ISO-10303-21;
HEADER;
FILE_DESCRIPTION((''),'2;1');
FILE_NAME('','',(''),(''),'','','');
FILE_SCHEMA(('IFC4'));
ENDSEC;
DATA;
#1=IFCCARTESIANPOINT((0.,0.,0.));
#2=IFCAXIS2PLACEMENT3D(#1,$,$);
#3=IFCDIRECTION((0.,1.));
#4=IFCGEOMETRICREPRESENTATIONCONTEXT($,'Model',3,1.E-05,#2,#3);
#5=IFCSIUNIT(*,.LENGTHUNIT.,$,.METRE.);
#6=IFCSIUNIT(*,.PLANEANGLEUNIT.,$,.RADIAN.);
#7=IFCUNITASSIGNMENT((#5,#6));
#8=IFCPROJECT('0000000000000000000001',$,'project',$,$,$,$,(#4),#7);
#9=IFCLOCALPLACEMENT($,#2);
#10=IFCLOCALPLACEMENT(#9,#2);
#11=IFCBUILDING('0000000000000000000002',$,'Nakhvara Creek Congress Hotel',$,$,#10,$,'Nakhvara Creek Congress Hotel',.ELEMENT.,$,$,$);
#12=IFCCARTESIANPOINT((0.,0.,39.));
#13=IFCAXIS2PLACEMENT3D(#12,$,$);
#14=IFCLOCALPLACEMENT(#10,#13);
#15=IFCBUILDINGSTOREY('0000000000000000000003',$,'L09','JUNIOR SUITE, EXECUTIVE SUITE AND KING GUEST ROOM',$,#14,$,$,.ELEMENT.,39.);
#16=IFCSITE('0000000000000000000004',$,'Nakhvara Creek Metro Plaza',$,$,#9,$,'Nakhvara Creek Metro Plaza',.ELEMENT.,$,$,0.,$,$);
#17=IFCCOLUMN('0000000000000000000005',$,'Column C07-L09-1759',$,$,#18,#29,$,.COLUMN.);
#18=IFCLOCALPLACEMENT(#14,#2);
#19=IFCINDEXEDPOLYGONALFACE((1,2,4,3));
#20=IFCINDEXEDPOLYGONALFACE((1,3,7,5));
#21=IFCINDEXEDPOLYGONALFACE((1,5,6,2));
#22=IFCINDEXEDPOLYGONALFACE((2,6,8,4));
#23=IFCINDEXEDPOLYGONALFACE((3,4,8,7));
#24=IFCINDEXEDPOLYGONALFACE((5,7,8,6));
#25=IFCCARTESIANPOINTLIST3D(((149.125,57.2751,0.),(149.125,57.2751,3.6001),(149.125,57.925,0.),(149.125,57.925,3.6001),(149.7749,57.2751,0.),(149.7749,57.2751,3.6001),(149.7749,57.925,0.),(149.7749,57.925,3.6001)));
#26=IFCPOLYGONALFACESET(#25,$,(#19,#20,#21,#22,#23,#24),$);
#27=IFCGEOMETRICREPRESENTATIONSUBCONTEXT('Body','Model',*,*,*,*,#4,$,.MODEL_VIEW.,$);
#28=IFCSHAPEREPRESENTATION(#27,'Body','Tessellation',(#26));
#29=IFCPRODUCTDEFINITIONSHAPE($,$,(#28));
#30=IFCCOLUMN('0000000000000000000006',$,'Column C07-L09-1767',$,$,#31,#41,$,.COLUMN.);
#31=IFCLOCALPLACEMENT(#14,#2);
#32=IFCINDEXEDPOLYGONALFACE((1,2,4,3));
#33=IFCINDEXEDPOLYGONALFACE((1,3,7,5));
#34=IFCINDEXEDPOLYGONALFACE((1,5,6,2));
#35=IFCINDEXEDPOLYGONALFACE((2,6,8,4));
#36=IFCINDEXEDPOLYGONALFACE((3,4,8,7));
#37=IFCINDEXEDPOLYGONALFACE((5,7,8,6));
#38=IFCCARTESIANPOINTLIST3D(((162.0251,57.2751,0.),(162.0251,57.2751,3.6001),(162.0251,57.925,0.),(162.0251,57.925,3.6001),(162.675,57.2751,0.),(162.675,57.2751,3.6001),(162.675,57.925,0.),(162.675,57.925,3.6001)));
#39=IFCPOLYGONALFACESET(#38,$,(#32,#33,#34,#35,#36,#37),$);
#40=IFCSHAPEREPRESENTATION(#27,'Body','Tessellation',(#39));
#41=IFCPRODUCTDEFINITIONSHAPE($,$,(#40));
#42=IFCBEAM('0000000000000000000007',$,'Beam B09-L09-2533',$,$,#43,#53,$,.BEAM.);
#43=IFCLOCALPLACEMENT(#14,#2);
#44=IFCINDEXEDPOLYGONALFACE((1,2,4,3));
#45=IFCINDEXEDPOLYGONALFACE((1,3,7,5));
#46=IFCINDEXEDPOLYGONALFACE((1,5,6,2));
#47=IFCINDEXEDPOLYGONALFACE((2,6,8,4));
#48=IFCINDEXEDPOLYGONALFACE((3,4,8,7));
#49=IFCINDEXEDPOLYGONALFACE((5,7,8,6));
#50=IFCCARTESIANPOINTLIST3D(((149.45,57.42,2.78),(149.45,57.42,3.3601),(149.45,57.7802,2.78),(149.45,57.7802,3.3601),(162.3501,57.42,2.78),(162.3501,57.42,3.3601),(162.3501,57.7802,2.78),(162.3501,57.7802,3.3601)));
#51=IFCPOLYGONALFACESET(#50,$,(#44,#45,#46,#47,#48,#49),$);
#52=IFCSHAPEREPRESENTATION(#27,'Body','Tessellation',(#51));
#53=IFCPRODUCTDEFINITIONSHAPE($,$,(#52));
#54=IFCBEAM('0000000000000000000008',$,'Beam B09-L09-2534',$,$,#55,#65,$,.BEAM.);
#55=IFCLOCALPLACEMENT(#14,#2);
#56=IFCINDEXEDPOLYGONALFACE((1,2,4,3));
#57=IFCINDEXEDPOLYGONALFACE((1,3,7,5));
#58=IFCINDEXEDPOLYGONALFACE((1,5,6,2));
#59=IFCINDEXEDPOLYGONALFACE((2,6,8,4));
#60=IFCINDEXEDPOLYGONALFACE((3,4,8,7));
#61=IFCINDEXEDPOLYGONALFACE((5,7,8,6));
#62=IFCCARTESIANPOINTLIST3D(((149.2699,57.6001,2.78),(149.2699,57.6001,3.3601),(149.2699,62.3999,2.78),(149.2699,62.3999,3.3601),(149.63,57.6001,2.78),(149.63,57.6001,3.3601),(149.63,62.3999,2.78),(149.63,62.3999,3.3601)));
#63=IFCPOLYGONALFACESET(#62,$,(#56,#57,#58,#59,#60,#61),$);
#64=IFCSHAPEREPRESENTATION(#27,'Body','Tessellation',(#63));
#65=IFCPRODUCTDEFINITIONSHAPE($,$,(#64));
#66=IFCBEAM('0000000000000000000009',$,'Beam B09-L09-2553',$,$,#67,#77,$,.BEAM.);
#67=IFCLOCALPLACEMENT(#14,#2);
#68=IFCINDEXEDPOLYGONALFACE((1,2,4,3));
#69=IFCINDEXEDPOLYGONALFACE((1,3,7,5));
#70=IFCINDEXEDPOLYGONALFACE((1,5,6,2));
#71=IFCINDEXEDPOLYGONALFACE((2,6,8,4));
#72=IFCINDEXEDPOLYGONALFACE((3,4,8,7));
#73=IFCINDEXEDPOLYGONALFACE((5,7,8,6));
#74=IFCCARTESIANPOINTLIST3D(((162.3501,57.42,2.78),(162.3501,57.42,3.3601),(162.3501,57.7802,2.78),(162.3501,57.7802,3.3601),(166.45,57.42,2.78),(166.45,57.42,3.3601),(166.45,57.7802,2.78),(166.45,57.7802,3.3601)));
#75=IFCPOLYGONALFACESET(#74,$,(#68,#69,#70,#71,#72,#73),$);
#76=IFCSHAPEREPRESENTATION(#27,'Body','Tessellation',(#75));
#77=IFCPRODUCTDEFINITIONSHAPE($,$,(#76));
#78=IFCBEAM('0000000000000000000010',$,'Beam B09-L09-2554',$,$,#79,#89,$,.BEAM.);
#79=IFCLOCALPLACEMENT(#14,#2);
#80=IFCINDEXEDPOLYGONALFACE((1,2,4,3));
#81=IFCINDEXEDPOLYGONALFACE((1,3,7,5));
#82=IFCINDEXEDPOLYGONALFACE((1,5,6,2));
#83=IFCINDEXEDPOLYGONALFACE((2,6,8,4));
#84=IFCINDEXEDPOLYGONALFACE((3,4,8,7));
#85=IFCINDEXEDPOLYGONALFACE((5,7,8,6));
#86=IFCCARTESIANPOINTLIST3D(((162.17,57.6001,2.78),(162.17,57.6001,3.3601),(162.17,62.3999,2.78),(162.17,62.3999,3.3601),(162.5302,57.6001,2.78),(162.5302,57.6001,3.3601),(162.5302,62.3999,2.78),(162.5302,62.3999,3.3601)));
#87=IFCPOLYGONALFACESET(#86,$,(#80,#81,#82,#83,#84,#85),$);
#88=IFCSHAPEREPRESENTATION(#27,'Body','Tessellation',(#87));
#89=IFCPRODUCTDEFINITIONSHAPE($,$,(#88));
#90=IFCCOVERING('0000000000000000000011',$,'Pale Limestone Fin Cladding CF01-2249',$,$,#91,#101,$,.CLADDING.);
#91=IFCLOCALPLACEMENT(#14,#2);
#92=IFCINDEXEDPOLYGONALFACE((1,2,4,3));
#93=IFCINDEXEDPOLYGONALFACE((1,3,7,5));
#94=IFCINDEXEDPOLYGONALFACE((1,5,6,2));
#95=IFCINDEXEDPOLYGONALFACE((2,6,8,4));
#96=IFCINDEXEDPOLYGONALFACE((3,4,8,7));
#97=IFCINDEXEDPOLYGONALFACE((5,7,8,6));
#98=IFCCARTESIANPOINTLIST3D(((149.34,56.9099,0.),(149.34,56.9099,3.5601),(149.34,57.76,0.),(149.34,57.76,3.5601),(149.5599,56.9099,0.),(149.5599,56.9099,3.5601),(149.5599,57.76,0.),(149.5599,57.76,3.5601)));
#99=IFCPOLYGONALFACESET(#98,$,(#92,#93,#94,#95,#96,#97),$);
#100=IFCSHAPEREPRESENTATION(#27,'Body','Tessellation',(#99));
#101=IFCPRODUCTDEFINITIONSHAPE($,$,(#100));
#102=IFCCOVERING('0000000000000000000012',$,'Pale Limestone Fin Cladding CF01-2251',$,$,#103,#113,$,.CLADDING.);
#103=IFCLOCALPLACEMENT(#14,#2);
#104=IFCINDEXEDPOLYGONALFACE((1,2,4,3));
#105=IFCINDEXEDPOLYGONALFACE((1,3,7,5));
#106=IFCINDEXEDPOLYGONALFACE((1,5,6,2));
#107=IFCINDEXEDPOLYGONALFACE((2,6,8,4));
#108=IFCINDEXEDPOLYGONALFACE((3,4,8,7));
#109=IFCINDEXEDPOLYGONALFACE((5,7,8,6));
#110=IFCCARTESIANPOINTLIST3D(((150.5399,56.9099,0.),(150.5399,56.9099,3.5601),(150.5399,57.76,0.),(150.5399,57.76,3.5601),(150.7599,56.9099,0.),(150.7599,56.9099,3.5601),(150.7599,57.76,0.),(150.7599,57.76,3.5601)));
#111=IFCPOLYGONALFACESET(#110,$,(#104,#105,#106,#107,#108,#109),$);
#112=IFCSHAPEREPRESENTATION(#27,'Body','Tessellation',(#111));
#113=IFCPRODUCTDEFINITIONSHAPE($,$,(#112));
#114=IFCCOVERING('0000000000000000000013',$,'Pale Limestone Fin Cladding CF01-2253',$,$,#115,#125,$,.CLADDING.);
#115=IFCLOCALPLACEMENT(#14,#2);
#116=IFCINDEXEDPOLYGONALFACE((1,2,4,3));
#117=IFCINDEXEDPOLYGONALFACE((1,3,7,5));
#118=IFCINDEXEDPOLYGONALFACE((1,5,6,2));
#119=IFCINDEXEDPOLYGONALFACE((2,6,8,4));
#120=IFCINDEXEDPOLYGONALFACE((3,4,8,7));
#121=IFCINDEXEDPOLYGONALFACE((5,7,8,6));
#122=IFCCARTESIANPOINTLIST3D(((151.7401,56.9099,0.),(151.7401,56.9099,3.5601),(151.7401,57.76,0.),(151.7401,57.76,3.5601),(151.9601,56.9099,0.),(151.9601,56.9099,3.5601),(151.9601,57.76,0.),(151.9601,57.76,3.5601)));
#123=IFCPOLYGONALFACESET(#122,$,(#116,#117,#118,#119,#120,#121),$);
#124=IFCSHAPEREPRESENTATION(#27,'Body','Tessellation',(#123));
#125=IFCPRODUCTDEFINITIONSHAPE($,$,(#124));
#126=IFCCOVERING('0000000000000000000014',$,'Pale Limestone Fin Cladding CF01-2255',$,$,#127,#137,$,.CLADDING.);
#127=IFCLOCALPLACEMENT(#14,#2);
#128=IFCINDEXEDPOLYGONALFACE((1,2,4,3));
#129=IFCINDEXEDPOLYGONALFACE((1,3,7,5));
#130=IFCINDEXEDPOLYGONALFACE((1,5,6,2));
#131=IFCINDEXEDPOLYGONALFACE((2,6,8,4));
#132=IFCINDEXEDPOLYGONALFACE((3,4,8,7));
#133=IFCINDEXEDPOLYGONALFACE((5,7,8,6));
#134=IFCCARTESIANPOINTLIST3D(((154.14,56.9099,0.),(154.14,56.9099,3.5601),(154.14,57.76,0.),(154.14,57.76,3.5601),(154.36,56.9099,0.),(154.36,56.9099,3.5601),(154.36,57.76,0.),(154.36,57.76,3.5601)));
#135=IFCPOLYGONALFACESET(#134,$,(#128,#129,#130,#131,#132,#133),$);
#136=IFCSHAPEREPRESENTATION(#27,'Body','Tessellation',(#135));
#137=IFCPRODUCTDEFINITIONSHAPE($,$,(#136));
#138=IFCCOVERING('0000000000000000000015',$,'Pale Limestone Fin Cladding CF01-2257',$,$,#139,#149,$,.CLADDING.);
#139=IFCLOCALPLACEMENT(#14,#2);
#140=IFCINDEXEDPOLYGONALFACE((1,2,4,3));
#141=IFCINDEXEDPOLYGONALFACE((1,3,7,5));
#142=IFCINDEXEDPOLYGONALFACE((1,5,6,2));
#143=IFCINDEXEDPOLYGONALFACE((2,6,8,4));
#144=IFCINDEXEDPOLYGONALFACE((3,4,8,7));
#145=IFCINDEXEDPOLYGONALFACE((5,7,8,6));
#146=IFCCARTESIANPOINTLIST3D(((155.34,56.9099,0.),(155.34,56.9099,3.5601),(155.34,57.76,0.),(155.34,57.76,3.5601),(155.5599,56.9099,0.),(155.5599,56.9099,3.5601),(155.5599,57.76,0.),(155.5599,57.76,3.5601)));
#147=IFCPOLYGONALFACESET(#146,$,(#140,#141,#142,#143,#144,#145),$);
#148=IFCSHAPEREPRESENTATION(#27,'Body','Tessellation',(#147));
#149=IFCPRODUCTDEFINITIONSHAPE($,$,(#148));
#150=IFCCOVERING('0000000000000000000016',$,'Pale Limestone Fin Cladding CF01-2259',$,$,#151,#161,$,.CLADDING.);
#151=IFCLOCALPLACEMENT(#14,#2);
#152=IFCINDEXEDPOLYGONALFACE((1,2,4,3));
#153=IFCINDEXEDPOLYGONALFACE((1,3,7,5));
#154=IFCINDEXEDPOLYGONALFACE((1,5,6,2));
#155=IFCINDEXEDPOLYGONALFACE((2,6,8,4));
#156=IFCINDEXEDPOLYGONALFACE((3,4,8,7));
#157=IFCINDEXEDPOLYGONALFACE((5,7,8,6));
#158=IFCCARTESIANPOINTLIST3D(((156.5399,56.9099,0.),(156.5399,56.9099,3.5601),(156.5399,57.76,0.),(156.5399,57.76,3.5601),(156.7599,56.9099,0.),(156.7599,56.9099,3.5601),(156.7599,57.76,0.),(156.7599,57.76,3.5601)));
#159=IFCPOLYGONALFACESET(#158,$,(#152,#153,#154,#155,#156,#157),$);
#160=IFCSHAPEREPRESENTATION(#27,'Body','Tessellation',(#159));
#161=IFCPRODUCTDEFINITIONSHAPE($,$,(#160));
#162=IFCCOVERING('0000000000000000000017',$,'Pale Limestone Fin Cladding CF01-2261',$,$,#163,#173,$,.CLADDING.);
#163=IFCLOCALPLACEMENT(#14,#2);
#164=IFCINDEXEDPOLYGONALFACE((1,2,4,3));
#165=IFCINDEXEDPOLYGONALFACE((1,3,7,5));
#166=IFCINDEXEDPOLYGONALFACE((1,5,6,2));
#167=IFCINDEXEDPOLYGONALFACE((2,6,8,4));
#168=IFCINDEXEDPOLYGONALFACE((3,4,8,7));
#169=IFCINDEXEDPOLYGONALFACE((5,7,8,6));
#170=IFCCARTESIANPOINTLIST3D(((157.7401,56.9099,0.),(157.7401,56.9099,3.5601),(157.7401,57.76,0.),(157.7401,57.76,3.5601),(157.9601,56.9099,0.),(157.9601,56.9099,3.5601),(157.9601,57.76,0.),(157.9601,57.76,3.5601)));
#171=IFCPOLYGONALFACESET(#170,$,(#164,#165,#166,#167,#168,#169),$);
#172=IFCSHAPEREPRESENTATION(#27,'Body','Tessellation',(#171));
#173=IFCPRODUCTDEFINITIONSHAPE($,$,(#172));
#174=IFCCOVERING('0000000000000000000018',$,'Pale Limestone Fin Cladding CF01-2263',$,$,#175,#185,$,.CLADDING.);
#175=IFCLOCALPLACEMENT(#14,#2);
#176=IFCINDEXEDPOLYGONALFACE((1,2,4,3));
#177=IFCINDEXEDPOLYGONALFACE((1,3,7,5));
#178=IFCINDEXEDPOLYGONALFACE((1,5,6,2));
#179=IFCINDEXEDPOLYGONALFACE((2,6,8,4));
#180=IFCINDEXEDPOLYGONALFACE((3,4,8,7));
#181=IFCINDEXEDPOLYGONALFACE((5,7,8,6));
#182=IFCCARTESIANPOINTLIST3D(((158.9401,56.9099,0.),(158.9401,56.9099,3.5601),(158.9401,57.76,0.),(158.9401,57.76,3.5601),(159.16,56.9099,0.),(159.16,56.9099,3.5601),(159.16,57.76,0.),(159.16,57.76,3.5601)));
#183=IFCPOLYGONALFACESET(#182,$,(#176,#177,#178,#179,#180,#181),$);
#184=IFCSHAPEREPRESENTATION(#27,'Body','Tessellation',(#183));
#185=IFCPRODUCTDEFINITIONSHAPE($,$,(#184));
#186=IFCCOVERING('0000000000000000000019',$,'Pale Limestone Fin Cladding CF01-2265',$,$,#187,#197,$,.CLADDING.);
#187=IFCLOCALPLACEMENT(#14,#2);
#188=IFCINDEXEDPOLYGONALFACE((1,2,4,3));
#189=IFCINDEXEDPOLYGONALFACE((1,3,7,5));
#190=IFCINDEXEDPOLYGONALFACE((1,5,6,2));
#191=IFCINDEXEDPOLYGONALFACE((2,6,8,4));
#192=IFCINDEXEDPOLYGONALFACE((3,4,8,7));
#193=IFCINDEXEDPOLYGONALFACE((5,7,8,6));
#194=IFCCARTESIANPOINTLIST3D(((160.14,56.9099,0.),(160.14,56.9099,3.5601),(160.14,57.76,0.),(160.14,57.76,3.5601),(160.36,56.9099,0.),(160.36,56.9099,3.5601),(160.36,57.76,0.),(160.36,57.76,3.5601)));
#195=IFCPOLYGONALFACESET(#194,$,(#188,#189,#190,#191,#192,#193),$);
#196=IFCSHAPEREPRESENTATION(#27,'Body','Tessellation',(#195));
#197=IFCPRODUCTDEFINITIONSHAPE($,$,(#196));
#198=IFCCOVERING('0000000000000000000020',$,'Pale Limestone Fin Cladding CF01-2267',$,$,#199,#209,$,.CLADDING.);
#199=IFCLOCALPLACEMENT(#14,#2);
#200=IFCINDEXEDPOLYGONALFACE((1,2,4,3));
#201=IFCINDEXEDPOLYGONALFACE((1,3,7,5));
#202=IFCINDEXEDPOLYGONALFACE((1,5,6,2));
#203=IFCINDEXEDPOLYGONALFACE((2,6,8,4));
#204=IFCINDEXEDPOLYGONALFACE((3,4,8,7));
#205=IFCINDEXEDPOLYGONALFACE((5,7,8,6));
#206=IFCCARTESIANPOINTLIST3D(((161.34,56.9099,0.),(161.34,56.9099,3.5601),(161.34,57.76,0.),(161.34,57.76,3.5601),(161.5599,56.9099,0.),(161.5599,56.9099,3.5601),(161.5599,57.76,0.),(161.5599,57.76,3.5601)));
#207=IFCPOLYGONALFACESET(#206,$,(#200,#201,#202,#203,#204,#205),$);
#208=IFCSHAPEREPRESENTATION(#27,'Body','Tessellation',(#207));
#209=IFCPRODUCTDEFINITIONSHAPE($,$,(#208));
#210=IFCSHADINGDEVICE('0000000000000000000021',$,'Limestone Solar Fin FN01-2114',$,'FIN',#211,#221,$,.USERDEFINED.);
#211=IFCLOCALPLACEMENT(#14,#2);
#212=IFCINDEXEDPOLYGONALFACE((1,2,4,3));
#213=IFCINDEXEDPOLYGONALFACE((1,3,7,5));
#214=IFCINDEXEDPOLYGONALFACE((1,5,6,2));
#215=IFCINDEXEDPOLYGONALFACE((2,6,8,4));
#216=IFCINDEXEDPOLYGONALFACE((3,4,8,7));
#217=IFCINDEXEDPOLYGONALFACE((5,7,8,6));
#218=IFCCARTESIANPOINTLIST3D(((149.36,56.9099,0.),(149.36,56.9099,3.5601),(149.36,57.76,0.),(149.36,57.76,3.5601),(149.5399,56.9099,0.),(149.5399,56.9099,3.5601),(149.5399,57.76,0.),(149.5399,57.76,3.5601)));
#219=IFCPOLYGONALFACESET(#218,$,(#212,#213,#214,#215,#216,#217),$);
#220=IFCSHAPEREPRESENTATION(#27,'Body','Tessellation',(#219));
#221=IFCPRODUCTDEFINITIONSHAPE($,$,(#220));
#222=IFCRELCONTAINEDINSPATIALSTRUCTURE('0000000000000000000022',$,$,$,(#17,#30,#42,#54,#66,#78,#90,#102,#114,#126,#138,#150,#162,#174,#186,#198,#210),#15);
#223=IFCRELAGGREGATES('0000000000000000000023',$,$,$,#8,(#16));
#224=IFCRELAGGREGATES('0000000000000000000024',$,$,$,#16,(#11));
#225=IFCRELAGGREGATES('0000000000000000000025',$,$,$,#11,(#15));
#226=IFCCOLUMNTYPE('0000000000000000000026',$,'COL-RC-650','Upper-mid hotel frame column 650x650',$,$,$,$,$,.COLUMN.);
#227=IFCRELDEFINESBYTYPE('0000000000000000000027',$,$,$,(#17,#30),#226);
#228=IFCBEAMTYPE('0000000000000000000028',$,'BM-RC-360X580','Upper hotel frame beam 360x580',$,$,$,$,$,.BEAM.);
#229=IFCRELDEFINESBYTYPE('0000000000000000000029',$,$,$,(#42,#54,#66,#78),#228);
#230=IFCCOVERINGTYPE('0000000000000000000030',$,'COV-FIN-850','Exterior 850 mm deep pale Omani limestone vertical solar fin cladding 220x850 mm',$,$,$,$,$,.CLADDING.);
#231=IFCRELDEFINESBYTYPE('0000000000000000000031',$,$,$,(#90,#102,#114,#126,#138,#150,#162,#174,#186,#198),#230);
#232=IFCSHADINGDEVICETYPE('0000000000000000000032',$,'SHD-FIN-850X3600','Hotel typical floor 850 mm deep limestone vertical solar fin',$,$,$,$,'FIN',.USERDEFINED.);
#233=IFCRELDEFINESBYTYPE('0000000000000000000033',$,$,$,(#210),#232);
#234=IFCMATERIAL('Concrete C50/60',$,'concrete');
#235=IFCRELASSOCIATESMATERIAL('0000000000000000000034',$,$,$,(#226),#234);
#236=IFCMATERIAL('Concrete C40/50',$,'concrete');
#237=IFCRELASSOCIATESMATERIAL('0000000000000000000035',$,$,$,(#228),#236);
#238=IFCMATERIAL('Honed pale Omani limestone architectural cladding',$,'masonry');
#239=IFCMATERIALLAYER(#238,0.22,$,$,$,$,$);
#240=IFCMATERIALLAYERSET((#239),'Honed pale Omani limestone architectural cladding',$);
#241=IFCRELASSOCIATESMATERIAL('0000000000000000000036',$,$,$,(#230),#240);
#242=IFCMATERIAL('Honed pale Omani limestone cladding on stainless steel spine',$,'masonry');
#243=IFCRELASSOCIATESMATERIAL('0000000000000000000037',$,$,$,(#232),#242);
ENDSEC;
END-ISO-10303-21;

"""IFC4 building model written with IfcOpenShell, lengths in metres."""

from ifc_helpers import new_model, si_unit, direction, frame, origin, origin_2d, place, context, subcontext, project, spatial, rectangle, extrude, material, layer, layer_set, material_profile, profile_set, type_object, element, save


model = new_model("IFC4")

# Units and contexts
model_context = context("Model", 3, precision=1e-05, world=origin(), true_north=direction((0.0, 1.0)))
body_context = subcontext(model_context, "Body", "Model", "MODEL_VIEW")
ifc_project = project(units=[si_unit("LENGTHUNIT", "METRE"), si_unit("PLANEANGLEUNIT", "RADIAN")], contexts=[model_context])

# Site, building, storey
site_placement = place(None, origin())
site = spatial("IfcSite", under=ifc_project, at=site_placement, Name="Nakhvara Creek Metro Plaza", LongName="Nakhvara Creek Metro Plaza", CompositionType="ELEMENT", RefElevation=0.0)
building_placement = place(site_placement, origin())
building = spatial("IfcBuilding", under=site, at=building_placement, Name="Nakhvara Creek Congress Hotel", LongName="Nakhvara Creek Congress Hotel", CompositionType="ELEMENT")
storey_placement = place(building_placement, frame((0.0, 0.0, 39.0)))
storey = spatial("IfcBuildingStorey", under=building, at=storey_placement, Name="L09", Description="JUNIOR SUITE, EXECUTIVE SUITE AND KING GUEST ROOM", CompositionType="ELEMENT", Elevation=39.0)

# Columns
ifc_material_1 = material(Name="Concrete C50/60", Category="concrete")
ifc_material_profile_1 = material_profile(ifc_material_1, rectangle(XDim=0.6499, YDim=0.6499, at=origin_2d()), Name="RC-COL 650x650", Category="LoadBearing")
ifc_profile_set_1 = profile_set([ifc_material_profile_1], Name="Concrete C50/60")
column_type = type_object("IfcColumnType", Name="COL-RC-650", Description="Upper-mid hotel frame column 650x650", PredefinedType="COLUMN", material=ifc_profile_set_1)
for number, where, z_axis, x_axis, name in (
    (1, (149.45, 57.6001, 0.0), (0.0, 0.0, 1.0), (1.0, 0.0, 0.0), "Column C07-L09-1759"),
    (2, (162.3501, 57.6001, 0.0), (0.0, 0.0, 1.0), (1.0, 0.0, 0.0), "Column C07-L09-1767"),
):
    element("IfcColumn", number, at=place(storey_placement, frame(where, z_axis=z_axis, x_axis=x_axis)), inside=storey, type_object=column_type, Name=name, PredefinedType="COLUMN", context=body_context, shape_type="SweptSolid", body=[
        extrude(rectangle(XDim=0.6499, YDim=0.6499, at=origin_2d()), origin(), (0.0, 0.0, 1.0), 3.6001),
    ])

# Beams
ifc_material_2 = material(Name="Concrete C40/50", Category="concrete")
ifc_material_profile_2 = material_profile(ifc_material_2, rectangle(XDim=0.3601, YDim=0.5801, at=origin_2d()), Name="RC-BM 360x580", Category="LoadBearing")
ifc_profile_set_2 = profile_set([ifc_material_profile_2], Name="Concrete C40/50")
beam_type = type_object("IfcBeamType", Name="BM-RC-360X580", Description="Upper hotel frame beam 360x580", PredefinedType="BEAM", material=ifc_profile_set_2)
beam_1_placement = place(storey_placement, frame((149.45, 57.6001, 3.0701), z_axis=(1.0, 0.0, 0.0), x_axis=(0.0, 1.0, 0.0)))
element("IfcBeam", 3, at=beam_1_placement, inside=storey, type_object=beam_type, Name="Beam B09-L09-2533", PredefinedType="BEAM", context=body_context, shape_type="SweptSolid", body=[
    extrude(rectangle(XDim=0.3601, YDim=0.5801, at=origin_2d()), origin(), (0.0, 0.0, 1.0), 12.9001),
])
beam_2_placement = place(storey_placement, frame((149.45, 57.6001, 3.0701), z_axis=(0.0, 1.0, 0.0), x_axis=(-1.0, 0.0, 0.0)))
element("IfcBeam", 4, at=beam_2_placement, inside=storey, type_object=beam_type, Name="Beam B09-L09-2534", PredefinedType="BEAM", context=body_context, shape_type="SweptSolid", body=[
    extrude(rectangle(XDim=0.3601, YDim=0.5801, at=origin_2d()), origin(), (0.0, 0.0, 1.0), 4.7998),
])
beam_3_placement = place(storey_placement, frame((162.3501, 57.6001, 3.0701), z_axis=(1.0, 0.0, 0.0), x_axis=(0.0, 1.0, 0.0)))
element("IfcBeam", 5, at=beam_3_placement, inside=storey, type_object=beam_type, Name="Beam B09-L09-2553", PredefinedType="BEAM", context=body_context, shape_type="SweptSolid", body=[
    extrude(rectangle(XDim=0.3601, YDim=0.5801, at=origin_2d()), origin(), (0.0, 0.0, 1.0), 4.0999),
])
beam_4_placement = place(storey_placement, frame((162.3501, 57.6001, 3.0701), z_axis=(0.0, 1.0, 0.0), x_axis=(-1.0, 0.0, 0.0)))
element("IfcBeam", 6, at=beam_4_placement, inside=storey, type_object=beam_type, Name="Beam B09-L09-2554", PredefinedType="BEAM", context=body_context, shape_type="SweptSolid", body=[
    extrude(rectangle(XDim=0.3601, YDim=0.5801, at=origin_2d()), origin(), (0.0, 0.0, 1.0), 4.7998),
])

# Coverings
ifc_material_3 = material(Name="Honed pale Omani limestone architectural cladding", Category="masonry")
ifc_layer = layer(ifc_material_3, 0.22)
ifc_layer_set = layer_set([ifc_layer], Name="Honed pale Omani limestone architectural cladding")
covering_type = type_object("IfcCoveringType", Name="COV-FIN-850", Description="Exterior 850 mm deep pale Omani limestone vertical solar fin cladding 220x850 mm", PredefinedType="CLADDING", material=ifc_layer_set)
for number, where, z_axis, x_axis, name in (
    (7, (149.45, 57.335, 0.0), (0.0, 0.0, 1.0), (1.0, 0.0, 0.0), "Pale Limestone Fin Cladding CF01-2249"),
    (8, (150.6499, 57.335, 0.0), (0.0, 0.0, 1.0), (1.0, 0.0, 0.0), "Pale Limestone Fin Cladding CF01-2251"),
    (9, (151.8501, 57.335, 0.0), (0.0, 0.0, 1.0), (1.0, 0.0, 0.0), "Pale Limestone Fin Cladding CF01-2253"),
    (10, (154.25, 57.335, 0.0), (0.0, 0.0, 1.0), (1.0, 0.0, 0.0), "Pale Limestone Fin Cladding CF01-2255"),
    (11, (155.45, 57.335, 0.0), (0.0, 0.0, 1.0), (1.0, 0.0, 0.0), "Pale Limestone Fin Cladding CF01-2257"),
    (12, (156.6499, 57.335, 0.0), (0.0, 0.0, 1.0), (1.0, 0.0, 0.0), "Pale Limestone Fin Cladding CF01-2259"),
    (13, (157.8501, 57.335, 0.0), (0.0, 0.0, 1.0), (1.0, 0.0, 0.0), "Pale Limestone Fin Cladding CF01-2261"),
    (14, (159.05, 57.335, 0.0), (0.0, 0.0, 1.0), (1.0, 0.0, 0.0), "Pale Limestone Fin Cladding CF01-2263"),
    (15, (160.25, 57.335, 0.0), (0.0, 0.0, 1.0), (1.0, 0.0, 0.0), "Pale Limestone Fin Cladding CF01-2265"),
    (16, (161.45, 57.335, 0.0), (0.0, 0.0, 1.0), (1.0, 0.0, 0.0), "Pale Limestone Fin Cladding CF01-2267"),
):
    element("IfcCovering", number, at=place(storey_placement, frame(where, z_axis=z_axis, x_axis=x_axis)), inside=storey, type_object=covering_type, Name=name, PredefinedType="CLADDING", context=body_context, shape_type="SweptSolid", body=[
        extrude(rectangle(XDim=0.22, YDim=0.8501, at=origin_2d()), origin(), (0.0, 0.0, 1.0), 3.5601),
    ])

# Shading device
ifc_material_4 = material(Name="Honed pale Omani limestone cladding on stainless steel spine", Category="masonry")
shading_device_type = type_object("IfcShadingDeviceType", Name="SHD-FIN-850X3600", Description="Hotel typical floor 850 mm deep limestone vertical solar fin", ElementType="FIN", PredefinedType="USERDEFINED", material=ifc_material_4)
for number, where, z_axis, x_axis, name in (
    (17, (149.45, 57.335, 0.0), (0.0, 0.0, 1.0), (1.0, 0.0, 0.0), "Limestone Solar Fin FN01-2114"),
):
    element("IfcShadingDevice", number, at=place(storey_placement, frame(where, z_axis=z_axis, x_axis=x_axis)), inside=storey, type_object=shading_device_type, Name=name, ObjectType="FIN", PredefinedType="USERDEFINED", context=body_context, shape_type="SweptSolid", body=[
        extrude(rectangle(XDim=0.1799, YDim=0.8501, at=origin_2d()), origin(), (0.0, 0.0, 1.0), 3.5601),
    ])

save(model, "model.ifc")
